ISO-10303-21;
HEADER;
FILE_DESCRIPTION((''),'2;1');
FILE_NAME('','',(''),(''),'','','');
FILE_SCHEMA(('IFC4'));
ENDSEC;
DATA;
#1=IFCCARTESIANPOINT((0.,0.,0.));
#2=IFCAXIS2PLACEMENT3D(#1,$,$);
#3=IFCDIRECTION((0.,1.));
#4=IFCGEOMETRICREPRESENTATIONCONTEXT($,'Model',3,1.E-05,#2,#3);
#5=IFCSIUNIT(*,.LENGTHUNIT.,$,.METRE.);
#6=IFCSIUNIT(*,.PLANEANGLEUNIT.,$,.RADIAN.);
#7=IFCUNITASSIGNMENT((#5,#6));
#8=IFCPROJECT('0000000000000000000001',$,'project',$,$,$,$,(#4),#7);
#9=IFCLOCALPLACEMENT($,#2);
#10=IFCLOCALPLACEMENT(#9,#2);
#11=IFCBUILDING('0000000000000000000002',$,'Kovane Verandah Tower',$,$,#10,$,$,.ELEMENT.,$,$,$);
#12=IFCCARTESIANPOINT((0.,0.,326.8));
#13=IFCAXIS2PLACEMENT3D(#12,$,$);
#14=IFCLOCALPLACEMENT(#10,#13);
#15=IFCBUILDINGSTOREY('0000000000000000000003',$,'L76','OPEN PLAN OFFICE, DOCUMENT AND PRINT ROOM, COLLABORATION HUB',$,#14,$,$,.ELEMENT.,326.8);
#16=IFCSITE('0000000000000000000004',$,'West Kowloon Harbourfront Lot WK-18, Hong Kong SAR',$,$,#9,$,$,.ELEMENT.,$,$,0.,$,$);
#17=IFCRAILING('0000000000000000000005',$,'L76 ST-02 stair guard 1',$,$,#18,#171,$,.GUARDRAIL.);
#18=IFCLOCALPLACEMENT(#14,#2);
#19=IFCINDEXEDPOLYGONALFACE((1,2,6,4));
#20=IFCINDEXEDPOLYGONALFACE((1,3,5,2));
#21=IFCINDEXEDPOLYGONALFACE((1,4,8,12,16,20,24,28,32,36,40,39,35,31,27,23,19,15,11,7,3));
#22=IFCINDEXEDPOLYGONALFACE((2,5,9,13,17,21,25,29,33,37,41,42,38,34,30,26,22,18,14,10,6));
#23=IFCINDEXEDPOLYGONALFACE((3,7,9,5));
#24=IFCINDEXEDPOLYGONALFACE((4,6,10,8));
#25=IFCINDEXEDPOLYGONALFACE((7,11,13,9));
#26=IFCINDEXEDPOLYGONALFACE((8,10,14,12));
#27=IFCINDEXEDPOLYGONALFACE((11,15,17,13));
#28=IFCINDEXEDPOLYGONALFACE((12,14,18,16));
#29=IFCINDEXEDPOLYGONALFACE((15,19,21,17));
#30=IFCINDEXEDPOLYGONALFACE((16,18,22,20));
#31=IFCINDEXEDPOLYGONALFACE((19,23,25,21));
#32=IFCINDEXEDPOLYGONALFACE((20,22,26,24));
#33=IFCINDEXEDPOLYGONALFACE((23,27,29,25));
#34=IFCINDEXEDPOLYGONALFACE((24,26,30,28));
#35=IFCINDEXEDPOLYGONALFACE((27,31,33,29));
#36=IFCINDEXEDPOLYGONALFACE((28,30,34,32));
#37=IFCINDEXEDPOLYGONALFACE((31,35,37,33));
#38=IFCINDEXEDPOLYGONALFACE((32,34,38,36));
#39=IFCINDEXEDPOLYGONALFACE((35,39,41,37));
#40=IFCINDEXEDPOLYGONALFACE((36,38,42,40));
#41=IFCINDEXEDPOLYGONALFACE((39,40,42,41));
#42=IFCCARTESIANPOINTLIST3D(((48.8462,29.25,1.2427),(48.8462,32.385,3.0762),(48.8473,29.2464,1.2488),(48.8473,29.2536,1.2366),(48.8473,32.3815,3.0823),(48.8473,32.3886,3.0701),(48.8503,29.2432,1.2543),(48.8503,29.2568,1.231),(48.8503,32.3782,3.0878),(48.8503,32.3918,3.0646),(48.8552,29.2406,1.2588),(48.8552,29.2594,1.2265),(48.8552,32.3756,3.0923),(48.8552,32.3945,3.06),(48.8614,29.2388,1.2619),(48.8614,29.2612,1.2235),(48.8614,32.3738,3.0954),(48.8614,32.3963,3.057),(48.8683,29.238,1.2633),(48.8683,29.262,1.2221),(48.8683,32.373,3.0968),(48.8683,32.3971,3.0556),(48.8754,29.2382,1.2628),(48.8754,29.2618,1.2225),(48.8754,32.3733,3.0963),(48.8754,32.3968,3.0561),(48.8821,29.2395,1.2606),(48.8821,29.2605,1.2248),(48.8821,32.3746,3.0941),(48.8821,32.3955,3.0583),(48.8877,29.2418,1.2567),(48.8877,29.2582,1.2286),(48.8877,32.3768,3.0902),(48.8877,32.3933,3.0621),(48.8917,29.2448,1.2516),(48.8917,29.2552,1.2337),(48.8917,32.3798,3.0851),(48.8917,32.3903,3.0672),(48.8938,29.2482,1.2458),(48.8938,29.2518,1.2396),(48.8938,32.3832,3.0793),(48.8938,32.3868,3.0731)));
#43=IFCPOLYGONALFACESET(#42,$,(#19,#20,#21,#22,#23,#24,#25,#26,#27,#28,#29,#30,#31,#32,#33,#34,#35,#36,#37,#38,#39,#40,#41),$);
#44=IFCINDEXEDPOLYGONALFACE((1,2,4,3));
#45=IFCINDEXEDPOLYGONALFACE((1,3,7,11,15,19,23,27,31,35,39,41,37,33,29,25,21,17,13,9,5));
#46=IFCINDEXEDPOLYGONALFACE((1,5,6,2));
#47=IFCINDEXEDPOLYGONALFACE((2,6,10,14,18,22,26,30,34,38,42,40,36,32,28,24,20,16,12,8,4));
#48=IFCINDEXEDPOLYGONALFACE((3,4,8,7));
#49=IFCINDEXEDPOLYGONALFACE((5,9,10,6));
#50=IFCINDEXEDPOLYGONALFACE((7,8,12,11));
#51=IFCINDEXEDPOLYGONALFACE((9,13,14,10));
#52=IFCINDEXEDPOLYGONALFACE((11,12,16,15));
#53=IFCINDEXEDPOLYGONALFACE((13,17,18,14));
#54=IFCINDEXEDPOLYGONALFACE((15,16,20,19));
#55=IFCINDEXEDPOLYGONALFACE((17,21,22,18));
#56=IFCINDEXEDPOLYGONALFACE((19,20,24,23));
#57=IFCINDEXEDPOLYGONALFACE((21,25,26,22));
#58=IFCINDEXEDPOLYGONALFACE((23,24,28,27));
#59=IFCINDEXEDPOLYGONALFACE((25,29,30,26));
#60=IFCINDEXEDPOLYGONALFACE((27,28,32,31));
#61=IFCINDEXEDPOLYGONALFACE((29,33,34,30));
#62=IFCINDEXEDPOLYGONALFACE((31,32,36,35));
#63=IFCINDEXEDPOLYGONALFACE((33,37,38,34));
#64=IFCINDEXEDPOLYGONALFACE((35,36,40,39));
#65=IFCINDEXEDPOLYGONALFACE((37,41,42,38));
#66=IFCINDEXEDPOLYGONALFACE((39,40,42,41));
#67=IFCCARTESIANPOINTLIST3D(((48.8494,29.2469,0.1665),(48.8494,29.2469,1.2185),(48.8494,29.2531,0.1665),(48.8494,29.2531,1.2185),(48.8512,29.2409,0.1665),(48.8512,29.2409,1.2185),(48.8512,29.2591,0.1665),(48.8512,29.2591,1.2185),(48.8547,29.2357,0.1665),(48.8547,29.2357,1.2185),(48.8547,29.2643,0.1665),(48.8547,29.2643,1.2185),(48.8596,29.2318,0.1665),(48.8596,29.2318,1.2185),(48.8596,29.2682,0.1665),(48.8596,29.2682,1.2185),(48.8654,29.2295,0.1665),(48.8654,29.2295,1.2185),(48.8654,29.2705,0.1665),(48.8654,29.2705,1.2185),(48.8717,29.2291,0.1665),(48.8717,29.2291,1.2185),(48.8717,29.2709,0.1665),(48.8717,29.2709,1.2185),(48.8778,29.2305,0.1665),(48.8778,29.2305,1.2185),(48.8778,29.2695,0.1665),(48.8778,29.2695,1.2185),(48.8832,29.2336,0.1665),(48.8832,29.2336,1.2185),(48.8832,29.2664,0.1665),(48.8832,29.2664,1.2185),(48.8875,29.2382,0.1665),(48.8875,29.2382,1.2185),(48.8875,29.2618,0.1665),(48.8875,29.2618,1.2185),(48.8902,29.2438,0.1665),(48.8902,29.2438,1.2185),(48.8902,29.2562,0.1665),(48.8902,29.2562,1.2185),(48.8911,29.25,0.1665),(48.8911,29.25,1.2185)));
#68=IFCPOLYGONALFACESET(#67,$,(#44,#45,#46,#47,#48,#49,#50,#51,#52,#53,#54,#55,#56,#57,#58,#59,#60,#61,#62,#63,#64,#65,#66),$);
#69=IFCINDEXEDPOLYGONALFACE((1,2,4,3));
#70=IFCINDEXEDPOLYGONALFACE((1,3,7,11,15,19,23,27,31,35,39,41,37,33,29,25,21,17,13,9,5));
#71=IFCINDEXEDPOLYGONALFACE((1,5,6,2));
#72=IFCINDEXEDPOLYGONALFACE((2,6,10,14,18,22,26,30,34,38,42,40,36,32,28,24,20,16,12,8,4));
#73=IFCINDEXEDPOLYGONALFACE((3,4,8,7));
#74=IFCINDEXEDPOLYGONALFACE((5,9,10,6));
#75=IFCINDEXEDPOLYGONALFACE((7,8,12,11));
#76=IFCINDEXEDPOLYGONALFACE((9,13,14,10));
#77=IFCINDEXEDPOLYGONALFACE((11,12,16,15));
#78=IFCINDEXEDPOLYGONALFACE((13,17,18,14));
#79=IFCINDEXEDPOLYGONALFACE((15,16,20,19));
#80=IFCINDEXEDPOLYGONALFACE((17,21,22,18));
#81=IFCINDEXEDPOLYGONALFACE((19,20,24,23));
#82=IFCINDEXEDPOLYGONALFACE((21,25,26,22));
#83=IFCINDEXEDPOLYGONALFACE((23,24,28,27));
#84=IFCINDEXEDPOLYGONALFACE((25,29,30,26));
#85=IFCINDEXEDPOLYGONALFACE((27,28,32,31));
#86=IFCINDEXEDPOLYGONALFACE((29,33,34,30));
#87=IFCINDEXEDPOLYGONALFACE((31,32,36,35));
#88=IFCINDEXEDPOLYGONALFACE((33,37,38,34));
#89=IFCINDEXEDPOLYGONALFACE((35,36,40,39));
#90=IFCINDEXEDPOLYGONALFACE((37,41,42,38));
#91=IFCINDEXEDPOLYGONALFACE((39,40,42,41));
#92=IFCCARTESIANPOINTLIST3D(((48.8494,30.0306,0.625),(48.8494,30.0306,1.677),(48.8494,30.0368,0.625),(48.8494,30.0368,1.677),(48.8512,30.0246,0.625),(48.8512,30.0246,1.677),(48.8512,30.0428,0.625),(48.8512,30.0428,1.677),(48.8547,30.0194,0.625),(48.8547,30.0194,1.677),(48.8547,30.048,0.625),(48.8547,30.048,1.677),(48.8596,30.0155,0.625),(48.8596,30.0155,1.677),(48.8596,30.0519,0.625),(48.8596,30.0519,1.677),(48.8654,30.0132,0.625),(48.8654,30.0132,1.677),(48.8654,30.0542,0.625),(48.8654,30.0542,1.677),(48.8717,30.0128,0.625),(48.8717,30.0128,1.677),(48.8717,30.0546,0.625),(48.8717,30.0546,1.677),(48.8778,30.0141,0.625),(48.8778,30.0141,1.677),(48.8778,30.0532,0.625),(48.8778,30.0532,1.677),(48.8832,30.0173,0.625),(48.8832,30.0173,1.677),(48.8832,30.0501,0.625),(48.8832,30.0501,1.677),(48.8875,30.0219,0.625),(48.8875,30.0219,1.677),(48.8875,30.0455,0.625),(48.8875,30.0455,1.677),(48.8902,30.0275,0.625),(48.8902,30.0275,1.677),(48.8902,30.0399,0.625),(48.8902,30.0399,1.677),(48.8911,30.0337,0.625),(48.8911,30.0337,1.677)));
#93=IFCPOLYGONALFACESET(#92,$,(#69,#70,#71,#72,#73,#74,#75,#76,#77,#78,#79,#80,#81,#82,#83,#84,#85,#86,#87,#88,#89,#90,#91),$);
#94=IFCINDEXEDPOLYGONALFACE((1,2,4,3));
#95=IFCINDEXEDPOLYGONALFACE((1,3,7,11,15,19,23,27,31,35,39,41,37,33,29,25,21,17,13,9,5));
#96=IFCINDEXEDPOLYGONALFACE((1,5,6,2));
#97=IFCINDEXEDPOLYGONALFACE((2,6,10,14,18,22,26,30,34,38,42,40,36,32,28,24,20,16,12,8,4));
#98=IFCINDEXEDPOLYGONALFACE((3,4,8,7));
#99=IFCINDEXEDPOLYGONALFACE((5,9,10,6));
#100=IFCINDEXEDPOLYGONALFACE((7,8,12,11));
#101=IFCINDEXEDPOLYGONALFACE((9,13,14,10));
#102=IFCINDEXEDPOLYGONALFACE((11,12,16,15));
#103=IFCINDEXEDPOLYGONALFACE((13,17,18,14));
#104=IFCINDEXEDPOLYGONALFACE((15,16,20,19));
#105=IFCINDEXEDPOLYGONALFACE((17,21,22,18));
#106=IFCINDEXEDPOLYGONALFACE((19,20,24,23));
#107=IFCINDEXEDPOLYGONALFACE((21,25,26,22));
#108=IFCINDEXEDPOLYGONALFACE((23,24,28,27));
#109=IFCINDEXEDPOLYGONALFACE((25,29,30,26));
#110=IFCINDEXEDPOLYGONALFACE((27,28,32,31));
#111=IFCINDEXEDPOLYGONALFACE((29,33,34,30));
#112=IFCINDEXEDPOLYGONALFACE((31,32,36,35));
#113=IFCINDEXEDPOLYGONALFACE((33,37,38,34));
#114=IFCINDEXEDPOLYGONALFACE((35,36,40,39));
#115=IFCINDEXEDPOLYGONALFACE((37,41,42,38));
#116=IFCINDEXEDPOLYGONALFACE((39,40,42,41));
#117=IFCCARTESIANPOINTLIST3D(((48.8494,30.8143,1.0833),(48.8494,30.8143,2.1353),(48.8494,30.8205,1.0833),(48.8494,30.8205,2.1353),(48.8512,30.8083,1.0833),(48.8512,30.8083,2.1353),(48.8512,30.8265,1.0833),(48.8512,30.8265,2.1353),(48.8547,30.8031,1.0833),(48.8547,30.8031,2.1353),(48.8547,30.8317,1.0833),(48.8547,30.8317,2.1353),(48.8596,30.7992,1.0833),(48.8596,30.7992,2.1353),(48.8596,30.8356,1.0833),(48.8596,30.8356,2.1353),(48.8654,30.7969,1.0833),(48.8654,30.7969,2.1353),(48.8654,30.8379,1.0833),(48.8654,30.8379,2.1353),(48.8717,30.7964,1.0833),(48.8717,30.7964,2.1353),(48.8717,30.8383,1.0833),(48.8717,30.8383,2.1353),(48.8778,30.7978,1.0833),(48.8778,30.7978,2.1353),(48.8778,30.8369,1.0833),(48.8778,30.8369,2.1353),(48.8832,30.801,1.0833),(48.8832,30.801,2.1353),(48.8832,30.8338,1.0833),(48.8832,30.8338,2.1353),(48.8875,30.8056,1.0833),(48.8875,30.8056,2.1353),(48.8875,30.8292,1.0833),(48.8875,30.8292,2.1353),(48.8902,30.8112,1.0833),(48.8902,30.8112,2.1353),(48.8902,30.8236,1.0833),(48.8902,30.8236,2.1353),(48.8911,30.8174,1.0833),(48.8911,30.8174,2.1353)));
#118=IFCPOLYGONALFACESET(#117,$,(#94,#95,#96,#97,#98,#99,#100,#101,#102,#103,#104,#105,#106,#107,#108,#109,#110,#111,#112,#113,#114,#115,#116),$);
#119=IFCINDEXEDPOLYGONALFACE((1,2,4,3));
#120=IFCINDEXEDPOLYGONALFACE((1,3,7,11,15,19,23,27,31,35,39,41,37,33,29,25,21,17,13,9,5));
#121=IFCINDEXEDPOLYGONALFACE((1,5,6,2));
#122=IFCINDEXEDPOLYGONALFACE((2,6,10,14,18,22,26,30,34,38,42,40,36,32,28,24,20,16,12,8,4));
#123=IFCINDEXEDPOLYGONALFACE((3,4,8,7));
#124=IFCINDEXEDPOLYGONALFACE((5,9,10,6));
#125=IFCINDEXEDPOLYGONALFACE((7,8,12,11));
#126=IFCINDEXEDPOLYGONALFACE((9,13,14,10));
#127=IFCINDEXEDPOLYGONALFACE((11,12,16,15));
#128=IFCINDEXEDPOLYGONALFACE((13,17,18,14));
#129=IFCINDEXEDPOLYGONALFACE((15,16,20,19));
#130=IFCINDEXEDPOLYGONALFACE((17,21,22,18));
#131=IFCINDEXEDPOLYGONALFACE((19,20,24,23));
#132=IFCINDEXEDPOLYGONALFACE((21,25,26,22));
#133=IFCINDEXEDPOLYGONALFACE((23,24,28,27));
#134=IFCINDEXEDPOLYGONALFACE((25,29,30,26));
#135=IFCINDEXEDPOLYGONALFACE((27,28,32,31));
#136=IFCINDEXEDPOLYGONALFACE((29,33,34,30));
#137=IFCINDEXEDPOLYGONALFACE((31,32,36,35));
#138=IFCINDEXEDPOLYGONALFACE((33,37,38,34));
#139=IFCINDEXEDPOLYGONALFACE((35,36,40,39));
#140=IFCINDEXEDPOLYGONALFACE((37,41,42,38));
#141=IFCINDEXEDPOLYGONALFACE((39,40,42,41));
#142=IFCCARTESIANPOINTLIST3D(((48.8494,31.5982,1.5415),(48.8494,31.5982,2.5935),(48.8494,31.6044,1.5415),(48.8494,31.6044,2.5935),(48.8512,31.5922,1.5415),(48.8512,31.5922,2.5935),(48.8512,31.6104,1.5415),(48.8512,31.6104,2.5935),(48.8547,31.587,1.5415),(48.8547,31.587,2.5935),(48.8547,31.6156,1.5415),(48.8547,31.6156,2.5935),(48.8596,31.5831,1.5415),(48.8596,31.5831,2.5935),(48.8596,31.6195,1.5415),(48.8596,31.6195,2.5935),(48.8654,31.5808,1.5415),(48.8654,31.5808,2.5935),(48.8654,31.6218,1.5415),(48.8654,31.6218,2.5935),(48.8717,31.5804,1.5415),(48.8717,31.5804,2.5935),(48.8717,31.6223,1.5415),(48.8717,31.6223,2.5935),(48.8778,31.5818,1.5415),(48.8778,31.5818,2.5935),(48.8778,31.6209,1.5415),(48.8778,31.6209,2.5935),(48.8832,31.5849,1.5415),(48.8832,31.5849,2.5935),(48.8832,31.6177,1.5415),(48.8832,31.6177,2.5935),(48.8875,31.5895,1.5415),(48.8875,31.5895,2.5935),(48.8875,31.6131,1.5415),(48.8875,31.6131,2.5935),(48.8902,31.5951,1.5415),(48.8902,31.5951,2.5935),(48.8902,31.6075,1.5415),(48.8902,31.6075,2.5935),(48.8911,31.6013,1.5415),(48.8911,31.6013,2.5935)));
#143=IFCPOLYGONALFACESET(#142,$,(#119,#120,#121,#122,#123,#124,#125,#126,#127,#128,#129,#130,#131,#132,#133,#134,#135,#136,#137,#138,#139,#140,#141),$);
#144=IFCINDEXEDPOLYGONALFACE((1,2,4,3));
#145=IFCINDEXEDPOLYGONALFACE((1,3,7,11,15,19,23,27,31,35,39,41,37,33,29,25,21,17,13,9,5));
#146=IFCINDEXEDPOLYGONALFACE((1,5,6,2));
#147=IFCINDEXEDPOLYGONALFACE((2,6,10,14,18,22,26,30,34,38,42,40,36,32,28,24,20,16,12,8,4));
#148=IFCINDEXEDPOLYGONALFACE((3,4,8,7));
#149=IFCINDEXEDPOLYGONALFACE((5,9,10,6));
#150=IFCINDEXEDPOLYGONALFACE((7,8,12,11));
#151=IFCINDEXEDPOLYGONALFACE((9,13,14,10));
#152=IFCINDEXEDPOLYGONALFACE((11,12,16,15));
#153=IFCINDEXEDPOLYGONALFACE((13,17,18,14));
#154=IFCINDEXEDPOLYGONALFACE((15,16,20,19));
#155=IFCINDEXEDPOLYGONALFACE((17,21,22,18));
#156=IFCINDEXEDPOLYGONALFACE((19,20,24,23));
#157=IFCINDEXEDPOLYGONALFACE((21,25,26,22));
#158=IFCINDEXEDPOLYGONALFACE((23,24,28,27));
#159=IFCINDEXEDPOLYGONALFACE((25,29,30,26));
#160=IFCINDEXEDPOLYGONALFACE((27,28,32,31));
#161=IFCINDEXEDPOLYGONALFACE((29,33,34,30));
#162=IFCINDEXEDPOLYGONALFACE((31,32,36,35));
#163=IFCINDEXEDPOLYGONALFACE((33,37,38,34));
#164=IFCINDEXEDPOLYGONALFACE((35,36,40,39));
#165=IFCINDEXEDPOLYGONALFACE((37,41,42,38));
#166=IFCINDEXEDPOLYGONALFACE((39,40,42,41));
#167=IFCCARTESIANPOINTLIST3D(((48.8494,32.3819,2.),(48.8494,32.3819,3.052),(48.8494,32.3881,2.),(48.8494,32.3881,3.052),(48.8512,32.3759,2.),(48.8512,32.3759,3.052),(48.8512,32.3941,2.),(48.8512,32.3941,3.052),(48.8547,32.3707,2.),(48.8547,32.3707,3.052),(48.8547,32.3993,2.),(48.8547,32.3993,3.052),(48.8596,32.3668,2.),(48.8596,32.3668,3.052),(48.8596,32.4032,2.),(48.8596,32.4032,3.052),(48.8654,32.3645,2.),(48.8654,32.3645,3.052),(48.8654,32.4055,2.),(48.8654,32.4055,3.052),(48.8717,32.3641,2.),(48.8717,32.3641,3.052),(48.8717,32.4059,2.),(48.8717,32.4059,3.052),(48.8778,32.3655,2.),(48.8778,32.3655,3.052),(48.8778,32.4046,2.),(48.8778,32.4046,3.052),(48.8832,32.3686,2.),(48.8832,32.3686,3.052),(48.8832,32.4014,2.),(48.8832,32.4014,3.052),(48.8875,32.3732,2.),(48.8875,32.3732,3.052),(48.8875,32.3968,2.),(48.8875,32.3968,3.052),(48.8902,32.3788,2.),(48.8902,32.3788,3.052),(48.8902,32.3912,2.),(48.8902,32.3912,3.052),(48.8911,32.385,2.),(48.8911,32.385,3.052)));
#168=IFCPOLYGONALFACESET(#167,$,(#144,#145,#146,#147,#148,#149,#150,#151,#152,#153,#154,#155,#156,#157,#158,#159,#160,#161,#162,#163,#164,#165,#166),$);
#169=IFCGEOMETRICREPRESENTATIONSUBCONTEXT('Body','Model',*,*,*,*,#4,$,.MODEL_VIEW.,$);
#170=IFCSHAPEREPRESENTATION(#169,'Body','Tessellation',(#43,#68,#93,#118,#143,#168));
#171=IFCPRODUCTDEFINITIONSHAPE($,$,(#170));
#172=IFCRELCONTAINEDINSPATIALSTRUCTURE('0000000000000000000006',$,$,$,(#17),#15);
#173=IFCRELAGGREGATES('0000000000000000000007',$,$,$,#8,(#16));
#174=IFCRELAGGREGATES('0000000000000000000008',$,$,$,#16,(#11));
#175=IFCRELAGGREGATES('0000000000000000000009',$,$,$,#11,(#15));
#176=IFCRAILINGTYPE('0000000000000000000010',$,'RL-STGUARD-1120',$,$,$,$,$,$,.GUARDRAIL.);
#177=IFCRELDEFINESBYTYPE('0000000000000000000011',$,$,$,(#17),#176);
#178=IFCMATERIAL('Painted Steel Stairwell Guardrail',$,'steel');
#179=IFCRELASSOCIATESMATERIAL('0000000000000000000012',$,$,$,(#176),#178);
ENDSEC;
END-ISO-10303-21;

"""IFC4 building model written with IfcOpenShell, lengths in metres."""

from ifc_helpers import new_model, si_unit, direction, frame, origin, origin_2d, place, context, subcontext, project, spatial, circle, extrude, material, type_object, element, save


model = new_model("IFC4")

# Units and contexts
model_context = context("Model", 3, precision=1e-05, world=origin(), true_north=direction((0.0, 1.0)))
body_context = subcontext(model_context, "Body", "Model", "MODEL_VIEW")
ifc_project = project(units=[si_unit("LENGTHUNIT", "METRE"), si_unit("PLANEANGLEUNIT", "RADIAN")], contexts=[model_context])

# Site, building, storey
site_placement = place(None, origin())
site = spatial("IfcSite", under=ifc_project, at=site_placement, Name="West Kowloon Harbourfront Lot WK-18, Hong Kong SAR", CompositionType="ELEMENT", RefElevation=0.0)
building_placement = place(site_placement, origin())
building = spatial("IfcBuilding", under=site, at=building_placement, Name="Kovane Verandah Tower", CompositionType="ELEMENT")
storey_placement = place(building_placement, frame((0.0, 0.0, 326.8)))
storey = spatial("IfcBuildingStorey", under=building, at=storey_placement, Name="L76", Description="OPEN PLAN OFFICE, DOCUMENT AND PRINT ROOM, COLLABORATION HUB", CompositionType="ELEMENT", Elevation=326.8)

# Railing
ifc_material_1 = material(Name="Painted Steel Stairwell Guardrail", Category="steel")
railing_type_1 = type_object("IfcRailingType", Name="RL-STGUARD-1120", PredefinedType="GUARDRAIL", material=ifc_material_1)
railing_1_placement = place(storey_placement, frame((48.8701, 29.25, 0.1665)))
element("IfcRailing", 1, at=railing_1_placement, inside=storey, type_object=railing_type_1, Name="L76 ST-02 stair guard 1", PredefinedType="GUARDRAIL", context=body_context, shape_type="SweptSolid", body=[
    extrude(circle(Radius=0.0239, at=origin_2d()), frame((0.0, 0.0, 1.0762), z_axis=(0.0, 0.86321, 0.504845), x_axis=(-1.0, 0.0, 0.0)), (0.0, 0.0, 1.0), 3.6318),
    extrude(circle(Radius=0.021, at=origin_2d()), origin(), (0.0, 0.0, 1.0), 1.052),
    extrude(circle(Radius=0.021, at=origin_2d()), frame((0.0, 0.7837, 0.4585)), (0.0, 0.0, 1.0), 1.052),
    extrude(circle(Radius=0.021, at=origin_2d()), frame((0.0, 1.5674, 0.9167)), (0.0, 0.0, 1.0), 1.052),
    extrude(circle(Radius=0.021, at=origin_2d()), frame((0.0, 2.3513, 1.375)), (0.0, 0.0, 1.0), 1.052),
    extrude(circle(Radius=0.021, at=origin_2d()), frame((0.0, 3.135, 1.8335)), (0.0, 0.0, 1.0), 1.052),
])

save(model, "model.ifc")
